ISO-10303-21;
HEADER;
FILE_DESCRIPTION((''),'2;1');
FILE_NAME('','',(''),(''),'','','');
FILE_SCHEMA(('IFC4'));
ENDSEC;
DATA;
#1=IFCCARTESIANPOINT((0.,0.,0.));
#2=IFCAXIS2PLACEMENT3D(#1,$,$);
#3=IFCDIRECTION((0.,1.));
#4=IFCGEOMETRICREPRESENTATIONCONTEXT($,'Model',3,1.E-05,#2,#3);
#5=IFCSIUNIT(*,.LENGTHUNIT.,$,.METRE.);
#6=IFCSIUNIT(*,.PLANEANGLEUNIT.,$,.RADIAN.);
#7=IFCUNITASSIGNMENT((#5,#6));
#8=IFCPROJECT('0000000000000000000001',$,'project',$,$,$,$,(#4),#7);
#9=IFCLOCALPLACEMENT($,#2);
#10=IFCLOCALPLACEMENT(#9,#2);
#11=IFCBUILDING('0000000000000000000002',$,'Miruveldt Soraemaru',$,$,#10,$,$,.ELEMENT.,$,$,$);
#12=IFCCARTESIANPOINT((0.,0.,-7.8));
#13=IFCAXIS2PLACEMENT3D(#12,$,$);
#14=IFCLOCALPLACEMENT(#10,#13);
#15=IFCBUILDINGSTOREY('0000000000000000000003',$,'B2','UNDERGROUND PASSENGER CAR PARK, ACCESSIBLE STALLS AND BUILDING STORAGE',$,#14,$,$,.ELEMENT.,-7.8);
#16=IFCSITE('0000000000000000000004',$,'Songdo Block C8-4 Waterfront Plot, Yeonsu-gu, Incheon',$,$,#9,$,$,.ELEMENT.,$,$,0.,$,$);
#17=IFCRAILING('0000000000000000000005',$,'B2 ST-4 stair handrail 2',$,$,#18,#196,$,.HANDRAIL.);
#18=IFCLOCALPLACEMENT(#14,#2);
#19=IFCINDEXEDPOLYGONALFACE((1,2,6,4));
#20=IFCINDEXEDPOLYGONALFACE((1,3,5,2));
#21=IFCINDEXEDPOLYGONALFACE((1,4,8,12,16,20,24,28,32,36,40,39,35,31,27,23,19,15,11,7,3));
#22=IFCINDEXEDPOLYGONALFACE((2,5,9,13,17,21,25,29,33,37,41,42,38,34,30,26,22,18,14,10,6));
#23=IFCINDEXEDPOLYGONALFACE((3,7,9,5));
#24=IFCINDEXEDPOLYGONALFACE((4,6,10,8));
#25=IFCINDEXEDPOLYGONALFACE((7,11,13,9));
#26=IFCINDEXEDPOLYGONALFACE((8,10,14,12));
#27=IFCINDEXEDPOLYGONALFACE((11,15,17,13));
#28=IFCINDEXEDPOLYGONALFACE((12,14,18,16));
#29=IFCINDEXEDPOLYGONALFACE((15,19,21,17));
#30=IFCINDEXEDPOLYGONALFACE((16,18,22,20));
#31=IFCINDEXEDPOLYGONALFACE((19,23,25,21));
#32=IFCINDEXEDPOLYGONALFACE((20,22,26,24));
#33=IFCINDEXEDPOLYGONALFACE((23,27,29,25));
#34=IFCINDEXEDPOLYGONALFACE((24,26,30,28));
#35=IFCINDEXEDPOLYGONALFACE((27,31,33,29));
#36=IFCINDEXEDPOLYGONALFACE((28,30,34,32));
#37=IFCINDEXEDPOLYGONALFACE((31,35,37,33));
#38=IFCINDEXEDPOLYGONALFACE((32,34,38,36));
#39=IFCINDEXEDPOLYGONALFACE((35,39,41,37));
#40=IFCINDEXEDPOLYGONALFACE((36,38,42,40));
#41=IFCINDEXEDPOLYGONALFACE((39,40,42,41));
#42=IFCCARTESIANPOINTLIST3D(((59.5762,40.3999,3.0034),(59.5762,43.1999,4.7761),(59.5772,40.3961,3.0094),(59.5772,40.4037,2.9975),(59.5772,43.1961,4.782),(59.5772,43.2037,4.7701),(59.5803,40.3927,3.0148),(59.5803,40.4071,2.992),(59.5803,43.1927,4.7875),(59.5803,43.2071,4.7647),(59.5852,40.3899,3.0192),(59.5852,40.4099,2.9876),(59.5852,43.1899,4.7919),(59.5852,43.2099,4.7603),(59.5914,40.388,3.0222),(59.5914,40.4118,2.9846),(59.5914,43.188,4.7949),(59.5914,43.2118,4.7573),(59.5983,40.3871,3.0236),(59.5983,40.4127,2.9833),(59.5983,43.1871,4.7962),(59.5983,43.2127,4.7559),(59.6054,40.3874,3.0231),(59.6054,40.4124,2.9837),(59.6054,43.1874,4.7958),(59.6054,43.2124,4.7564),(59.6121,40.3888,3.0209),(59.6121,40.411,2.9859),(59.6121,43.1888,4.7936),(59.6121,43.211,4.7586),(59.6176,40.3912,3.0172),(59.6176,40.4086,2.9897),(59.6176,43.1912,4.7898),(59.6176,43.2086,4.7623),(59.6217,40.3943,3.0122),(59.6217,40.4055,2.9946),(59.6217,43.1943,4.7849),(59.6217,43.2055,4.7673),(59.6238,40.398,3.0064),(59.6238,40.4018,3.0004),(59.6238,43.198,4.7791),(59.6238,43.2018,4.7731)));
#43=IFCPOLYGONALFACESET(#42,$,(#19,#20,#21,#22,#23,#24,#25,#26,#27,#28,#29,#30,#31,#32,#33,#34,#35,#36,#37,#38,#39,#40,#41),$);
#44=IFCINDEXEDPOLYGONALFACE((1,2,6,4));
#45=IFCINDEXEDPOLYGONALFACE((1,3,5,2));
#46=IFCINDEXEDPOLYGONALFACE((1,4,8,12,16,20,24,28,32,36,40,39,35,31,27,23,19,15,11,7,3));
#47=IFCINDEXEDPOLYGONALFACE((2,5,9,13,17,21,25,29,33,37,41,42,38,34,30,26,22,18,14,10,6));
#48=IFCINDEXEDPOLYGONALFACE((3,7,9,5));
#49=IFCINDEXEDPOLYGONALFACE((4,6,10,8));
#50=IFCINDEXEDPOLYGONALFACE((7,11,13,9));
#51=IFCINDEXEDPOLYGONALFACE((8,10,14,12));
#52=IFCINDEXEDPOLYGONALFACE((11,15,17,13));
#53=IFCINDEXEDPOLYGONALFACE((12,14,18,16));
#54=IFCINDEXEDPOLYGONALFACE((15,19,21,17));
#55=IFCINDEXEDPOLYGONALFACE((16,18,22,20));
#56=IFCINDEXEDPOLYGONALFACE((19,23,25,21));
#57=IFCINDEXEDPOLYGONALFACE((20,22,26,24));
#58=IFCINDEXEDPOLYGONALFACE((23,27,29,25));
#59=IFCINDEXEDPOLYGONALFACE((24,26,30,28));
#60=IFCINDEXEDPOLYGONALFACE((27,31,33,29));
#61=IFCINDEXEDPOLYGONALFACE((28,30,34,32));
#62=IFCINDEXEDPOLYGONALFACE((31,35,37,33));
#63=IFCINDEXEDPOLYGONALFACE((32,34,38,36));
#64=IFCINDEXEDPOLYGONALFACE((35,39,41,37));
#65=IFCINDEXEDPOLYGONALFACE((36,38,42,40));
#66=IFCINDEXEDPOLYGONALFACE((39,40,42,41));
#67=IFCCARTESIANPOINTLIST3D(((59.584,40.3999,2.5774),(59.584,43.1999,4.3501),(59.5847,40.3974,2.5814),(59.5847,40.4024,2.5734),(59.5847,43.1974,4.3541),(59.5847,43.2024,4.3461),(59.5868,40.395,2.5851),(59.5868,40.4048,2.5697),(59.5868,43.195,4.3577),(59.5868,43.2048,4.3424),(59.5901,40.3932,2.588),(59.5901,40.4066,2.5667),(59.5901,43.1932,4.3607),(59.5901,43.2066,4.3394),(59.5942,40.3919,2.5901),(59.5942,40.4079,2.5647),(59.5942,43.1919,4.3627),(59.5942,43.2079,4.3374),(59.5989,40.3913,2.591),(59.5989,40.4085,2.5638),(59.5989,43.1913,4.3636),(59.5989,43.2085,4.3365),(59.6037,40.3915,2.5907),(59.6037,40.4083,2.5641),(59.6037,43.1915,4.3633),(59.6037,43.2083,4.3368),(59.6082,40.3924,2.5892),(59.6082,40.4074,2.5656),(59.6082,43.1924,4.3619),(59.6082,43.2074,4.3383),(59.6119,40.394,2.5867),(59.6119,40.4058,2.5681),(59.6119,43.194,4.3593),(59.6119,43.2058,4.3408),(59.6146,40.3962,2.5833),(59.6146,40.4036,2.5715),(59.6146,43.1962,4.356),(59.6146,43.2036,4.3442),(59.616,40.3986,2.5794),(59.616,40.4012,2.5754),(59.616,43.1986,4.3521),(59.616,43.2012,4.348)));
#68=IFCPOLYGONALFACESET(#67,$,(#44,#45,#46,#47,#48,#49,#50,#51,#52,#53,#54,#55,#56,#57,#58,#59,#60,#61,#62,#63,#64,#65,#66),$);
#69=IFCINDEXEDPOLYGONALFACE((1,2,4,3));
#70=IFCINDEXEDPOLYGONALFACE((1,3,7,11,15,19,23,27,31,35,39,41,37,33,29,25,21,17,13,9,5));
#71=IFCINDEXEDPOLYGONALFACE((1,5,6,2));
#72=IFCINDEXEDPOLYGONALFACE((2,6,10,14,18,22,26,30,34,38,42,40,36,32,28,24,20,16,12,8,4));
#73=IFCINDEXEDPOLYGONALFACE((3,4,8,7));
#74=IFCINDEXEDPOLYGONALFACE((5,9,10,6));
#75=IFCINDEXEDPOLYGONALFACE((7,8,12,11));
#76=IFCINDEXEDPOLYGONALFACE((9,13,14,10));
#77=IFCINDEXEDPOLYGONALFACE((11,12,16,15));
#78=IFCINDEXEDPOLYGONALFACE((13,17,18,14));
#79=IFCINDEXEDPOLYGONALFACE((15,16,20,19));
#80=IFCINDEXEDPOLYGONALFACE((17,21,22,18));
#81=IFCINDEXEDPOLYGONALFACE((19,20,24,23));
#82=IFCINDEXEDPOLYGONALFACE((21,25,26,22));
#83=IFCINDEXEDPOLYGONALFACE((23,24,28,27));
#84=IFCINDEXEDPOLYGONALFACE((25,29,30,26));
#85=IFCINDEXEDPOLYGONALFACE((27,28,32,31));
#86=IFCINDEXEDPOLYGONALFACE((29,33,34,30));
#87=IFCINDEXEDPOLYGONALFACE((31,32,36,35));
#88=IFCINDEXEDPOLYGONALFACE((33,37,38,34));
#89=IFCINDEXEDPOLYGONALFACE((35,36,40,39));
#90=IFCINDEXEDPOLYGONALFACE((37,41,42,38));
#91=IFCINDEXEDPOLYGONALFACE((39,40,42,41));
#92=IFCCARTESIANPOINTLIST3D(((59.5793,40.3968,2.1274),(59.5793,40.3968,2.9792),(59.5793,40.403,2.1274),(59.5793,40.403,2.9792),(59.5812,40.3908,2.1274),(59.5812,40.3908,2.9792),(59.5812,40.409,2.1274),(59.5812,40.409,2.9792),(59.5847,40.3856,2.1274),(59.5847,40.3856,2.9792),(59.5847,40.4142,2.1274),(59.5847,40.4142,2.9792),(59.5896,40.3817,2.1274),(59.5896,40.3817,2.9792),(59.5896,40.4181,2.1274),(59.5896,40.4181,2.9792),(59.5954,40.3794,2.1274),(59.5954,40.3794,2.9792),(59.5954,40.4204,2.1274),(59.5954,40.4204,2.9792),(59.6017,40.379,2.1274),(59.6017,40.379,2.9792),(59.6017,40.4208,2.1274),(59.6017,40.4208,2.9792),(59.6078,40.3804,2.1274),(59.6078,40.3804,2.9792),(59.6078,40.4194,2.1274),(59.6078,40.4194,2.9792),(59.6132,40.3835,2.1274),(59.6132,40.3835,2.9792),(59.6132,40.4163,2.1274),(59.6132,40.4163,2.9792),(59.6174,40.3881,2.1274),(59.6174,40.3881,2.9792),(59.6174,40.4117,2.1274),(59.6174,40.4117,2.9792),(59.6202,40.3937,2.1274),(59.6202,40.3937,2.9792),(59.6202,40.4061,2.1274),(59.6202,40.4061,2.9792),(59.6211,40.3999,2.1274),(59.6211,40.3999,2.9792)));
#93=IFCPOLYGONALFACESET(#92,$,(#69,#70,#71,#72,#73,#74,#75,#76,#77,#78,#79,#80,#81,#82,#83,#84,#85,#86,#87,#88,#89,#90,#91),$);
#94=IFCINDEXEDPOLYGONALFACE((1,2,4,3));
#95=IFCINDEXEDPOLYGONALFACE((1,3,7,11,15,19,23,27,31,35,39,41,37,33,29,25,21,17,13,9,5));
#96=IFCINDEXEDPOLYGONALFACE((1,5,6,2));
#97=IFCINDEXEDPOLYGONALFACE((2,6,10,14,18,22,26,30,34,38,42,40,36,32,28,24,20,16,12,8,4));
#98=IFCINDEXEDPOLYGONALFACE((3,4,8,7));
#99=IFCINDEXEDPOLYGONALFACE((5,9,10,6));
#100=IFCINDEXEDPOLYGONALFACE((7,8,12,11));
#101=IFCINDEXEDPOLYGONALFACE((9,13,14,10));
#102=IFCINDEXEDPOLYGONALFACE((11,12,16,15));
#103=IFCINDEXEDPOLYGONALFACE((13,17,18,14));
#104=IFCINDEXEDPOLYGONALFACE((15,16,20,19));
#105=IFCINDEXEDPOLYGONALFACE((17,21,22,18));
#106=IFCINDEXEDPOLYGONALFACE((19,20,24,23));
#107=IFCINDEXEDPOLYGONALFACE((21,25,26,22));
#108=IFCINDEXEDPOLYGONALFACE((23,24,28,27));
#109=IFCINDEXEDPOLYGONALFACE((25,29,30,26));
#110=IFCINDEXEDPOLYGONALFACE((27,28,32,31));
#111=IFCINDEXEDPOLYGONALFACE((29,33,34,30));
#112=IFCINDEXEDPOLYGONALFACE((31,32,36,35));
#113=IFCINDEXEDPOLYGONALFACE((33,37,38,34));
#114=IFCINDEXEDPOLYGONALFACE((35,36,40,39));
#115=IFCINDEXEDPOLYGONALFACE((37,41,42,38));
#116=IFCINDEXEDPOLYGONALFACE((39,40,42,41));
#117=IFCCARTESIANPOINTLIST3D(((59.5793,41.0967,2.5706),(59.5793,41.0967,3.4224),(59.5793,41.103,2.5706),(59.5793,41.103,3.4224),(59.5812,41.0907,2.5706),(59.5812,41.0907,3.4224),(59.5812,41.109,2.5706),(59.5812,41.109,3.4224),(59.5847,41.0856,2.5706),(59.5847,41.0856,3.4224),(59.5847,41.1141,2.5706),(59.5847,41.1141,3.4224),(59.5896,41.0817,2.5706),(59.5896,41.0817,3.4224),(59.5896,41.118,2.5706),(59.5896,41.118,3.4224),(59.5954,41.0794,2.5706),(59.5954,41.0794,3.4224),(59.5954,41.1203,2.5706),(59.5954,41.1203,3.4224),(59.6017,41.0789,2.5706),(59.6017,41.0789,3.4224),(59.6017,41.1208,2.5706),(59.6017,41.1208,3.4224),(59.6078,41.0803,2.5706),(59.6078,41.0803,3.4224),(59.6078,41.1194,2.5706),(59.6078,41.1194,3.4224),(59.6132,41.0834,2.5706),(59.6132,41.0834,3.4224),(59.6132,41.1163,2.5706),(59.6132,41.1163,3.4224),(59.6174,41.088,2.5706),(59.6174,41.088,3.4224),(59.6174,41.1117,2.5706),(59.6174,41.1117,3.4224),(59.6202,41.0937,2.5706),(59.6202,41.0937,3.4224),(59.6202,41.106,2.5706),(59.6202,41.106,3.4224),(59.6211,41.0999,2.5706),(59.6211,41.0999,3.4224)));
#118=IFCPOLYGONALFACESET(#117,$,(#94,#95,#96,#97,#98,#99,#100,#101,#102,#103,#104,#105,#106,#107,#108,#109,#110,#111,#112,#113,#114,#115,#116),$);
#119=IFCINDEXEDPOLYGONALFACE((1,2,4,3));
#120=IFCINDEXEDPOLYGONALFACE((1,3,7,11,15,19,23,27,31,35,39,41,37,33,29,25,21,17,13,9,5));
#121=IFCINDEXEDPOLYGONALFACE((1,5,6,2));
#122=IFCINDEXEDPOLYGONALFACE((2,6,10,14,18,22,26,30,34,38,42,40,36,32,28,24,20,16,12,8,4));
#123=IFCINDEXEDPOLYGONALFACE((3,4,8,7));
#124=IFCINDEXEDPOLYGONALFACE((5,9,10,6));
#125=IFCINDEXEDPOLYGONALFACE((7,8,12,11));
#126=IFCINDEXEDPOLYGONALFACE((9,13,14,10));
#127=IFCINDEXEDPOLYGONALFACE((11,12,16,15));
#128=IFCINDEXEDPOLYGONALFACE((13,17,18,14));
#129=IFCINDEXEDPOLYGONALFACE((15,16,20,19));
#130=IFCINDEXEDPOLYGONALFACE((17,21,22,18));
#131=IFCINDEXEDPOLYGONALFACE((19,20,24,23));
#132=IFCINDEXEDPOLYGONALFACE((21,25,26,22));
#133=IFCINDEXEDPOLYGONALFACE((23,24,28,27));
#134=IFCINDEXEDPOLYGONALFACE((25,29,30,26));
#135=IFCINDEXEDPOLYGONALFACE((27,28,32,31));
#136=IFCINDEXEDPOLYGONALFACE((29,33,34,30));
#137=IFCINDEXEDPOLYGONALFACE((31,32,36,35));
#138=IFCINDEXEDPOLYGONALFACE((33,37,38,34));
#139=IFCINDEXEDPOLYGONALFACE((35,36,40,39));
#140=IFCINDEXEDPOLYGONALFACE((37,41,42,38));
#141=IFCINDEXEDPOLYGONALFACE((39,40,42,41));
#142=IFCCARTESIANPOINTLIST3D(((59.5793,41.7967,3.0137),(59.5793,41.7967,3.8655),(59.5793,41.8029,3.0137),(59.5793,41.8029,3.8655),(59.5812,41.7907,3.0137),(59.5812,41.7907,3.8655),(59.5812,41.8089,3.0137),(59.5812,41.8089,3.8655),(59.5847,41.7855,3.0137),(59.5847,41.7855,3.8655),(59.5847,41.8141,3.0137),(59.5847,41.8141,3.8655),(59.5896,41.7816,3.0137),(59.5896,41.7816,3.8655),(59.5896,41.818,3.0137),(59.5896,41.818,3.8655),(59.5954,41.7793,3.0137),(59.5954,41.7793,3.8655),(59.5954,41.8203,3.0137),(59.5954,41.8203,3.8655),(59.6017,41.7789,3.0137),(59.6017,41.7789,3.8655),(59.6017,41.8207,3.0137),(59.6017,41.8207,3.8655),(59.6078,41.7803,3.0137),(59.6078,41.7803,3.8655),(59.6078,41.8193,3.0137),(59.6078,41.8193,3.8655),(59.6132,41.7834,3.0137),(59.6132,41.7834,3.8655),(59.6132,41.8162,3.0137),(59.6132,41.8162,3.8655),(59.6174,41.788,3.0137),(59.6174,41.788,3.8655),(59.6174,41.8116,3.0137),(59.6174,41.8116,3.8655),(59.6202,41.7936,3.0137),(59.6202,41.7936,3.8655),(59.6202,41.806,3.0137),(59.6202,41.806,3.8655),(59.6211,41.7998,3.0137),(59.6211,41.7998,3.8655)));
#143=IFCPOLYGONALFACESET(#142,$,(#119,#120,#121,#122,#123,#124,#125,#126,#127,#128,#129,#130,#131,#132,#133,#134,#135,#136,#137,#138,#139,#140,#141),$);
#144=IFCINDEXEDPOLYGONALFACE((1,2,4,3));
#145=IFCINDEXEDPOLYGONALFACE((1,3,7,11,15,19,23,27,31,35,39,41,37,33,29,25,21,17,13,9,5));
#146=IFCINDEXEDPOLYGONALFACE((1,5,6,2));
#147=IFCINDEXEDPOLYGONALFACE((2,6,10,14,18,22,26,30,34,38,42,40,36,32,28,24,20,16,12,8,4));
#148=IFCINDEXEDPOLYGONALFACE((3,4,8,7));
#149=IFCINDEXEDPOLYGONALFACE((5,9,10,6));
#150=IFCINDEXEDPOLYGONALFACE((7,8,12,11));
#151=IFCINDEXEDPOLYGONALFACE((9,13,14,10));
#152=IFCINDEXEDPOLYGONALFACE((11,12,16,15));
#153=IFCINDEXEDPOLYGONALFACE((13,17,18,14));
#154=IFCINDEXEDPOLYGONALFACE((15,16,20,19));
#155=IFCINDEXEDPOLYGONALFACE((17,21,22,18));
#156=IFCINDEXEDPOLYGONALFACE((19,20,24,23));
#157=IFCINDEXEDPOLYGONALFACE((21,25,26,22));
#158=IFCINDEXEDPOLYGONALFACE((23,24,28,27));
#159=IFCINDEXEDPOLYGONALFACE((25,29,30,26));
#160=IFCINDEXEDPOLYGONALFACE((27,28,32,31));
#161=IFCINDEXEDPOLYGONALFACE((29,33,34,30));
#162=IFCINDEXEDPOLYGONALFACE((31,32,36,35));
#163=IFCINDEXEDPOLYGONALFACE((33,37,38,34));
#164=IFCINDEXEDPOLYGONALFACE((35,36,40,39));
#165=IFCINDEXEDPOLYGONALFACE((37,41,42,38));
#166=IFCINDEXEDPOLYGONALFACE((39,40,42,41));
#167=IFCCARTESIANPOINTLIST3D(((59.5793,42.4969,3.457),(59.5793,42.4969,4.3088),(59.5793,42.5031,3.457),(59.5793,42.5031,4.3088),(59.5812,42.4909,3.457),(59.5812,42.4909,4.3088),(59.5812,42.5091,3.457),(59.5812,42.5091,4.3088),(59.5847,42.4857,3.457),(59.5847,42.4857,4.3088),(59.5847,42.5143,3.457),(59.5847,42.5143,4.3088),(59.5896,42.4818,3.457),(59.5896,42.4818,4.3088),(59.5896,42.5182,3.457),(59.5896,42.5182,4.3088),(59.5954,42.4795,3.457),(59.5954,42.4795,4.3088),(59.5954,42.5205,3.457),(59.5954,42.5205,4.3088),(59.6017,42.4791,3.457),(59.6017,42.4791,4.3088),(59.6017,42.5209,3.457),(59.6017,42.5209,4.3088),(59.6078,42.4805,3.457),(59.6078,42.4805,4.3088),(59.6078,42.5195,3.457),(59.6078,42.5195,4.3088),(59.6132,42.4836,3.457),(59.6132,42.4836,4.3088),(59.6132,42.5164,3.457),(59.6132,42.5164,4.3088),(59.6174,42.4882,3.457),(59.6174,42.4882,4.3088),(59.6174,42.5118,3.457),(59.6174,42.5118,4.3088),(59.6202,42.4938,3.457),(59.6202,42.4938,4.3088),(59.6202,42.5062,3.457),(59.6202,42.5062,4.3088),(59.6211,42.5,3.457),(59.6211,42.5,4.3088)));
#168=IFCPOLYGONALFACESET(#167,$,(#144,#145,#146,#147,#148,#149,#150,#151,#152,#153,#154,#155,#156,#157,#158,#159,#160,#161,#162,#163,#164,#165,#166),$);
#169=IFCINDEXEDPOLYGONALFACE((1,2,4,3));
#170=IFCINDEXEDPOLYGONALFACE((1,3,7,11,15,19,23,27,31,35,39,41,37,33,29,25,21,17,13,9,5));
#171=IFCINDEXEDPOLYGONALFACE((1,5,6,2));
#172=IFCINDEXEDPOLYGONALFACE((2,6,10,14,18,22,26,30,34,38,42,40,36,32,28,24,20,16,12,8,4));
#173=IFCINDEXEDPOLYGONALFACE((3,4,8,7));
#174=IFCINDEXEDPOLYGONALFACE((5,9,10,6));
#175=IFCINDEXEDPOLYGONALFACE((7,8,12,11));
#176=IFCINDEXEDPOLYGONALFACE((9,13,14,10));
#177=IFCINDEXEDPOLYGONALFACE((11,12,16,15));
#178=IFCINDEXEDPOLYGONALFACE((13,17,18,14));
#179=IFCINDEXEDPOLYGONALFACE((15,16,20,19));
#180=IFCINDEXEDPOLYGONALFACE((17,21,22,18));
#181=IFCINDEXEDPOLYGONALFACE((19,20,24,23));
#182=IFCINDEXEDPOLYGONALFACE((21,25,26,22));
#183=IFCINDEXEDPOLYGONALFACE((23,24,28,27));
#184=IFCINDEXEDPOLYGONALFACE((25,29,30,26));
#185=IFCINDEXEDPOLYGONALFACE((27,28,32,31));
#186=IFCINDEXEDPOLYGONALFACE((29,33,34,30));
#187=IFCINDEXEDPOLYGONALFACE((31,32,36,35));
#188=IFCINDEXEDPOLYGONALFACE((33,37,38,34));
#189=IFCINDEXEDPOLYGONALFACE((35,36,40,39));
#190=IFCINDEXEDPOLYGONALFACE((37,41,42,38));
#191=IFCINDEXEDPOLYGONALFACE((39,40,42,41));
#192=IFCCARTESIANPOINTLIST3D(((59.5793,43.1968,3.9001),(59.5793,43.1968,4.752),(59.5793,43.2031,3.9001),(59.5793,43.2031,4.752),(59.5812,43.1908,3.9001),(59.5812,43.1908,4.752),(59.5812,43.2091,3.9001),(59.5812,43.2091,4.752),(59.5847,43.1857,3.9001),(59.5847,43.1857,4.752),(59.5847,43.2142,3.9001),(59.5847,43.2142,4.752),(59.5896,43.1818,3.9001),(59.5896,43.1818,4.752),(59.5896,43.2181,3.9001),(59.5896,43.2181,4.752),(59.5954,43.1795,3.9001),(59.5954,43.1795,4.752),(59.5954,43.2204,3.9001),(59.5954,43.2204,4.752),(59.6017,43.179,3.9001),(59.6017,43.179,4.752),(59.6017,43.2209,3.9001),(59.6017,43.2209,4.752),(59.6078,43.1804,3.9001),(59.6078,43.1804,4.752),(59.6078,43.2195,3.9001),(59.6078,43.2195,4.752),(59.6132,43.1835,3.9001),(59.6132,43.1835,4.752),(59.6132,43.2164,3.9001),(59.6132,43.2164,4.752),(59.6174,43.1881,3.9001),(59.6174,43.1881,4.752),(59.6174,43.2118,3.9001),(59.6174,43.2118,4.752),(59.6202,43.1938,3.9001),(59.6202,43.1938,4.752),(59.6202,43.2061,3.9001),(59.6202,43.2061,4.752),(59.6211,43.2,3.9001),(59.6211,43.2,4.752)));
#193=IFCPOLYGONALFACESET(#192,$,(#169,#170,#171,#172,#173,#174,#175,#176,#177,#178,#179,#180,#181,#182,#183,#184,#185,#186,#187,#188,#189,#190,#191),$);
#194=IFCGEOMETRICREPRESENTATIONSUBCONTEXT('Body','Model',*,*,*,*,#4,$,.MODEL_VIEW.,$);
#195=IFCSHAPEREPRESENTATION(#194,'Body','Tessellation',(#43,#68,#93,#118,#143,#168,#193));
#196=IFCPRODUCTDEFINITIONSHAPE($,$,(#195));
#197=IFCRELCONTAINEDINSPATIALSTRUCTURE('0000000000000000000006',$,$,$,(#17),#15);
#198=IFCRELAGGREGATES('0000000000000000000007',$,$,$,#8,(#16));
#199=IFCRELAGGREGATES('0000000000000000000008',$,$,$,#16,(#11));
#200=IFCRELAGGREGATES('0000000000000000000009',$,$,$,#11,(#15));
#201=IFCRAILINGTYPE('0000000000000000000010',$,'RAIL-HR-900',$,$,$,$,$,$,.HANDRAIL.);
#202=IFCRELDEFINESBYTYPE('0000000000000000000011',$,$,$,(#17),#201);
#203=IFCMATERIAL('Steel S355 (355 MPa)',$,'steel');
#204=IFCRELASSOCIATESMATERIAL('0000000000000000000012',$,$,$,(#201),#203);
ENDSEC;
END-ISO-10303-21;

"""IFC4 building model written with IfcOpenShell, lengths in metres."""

from ifc_helpers import new_model, si_unit, direction, frame, origin, origin_2d, place, context, subcontext, project, spatial, circle, extrude, material, type_object, element, save


model = new_model("IFC4")

# Units and contexts
model_context = context("Model", 3, precision=1e-05, world=origin(), true_north=direction((0.0, 1.0)))
body_context = subcontext(model_context, "Body", "Model", "MODEL_VIEW")
ifc_project = project(units=[si_unit("LENGTHUNIT", "METRE"), si_unit("PLANEANGLEUNIT", "RADIAN")], contexts=[model_context])

# Site, building, storey
site_placement = place(None, origin())
site = spatial("IfcSite", under=ifc_project, at=site_placement, Name="Songdo Block C8-4 Waterfront Plot, Yeonsu-gu, Incheon", CompositionType="ELEMENT", RefElevation=0.0)
building_placement = place(site_placement, origin())
building = spatial("IfcBuilding", under=site, at=building_placement, Name="Miruveldt Soraemaru", CompositionType="ELEMENT")
storey_placement = place(building_placement, frame((0.0, 0.0, -7.8)))
storey = spatial("IfcBuildingStorey", under=building, at=storey_placement, Name="B2", Description="UNDERGROUND PASSENGER CAR PARK, ACCESSIBLE STALLS AND BUILDING STORAGE", CompositionType="ELEMENT", Elevation=-7.8)

# Shared definitions
ifc_material_1 = material(Name="Steel S355 (355 MPa)", Category="steel")

# Railing
railing_type_1 = type_object("IfcRailingType", Name="RAIL-HR-900", PredefinedType="HANDRAIL", material=ifc_material_1)
railing_1_placement = place(storey_placement, frame((59.6001, 40.3999, 2.1274)))
element("IfcRailing", 1, at=railing_1_placement, inside=storey, type_object=railing_type_1, Name="B2 ST-4 stair handrail 2", PredefinedType="HANDRAIL", context=body_context, shape_type="SweptSolid", body=[
    extrude(circle(Radius=0.0239, at=origin_2d()), frame((0.0, 0.0, 0.876), z_axis=(0.0, 0.844909, 0.53491), x_axis=(-1.0, 0.0, 0.0)), (0.0, 0.0, 1.0), 3.314),
    extrude(circle(Radius=0.0161, at=origin_2d()), frame((0.0, 0.0, 0.45), z_axis=(0.0, 0.844909, 0.53491), x_axis=(-1.0, 0.0, 0.0)), (0.0, 0.0, 1.0), 3.314),
    extrude(circle(Radius=0.021, at=origin_2d()), origin(), (0.0, 0.0, 1.0), 0.8518),
    extrude(circle(Radius=0.021, at=origin_2d()), frame((0.0, 0.7, 0.4431)), (0.0, 0.0, 1.0), 0.8518),
    extrude(circle(Radius=0.021, at=origin_2d()), frame((0.0, 1.3999, 0.8862)), (0.0, 0.0, 1.0), 0.8518),
    extrude(circle(Radius=0.021, at=origin_2d()), frame((0.0, 2.1001, 1.3296)), (0.0, 0.0, 1.0), 0.8518),
    extrude(circle(Radius=0.021, at=origin_2d()), frame((0.0, 2.8, 1.7727)), (0.0, 0.0, 1.0), 0.8518),
])

save(model, "model.ifc")
